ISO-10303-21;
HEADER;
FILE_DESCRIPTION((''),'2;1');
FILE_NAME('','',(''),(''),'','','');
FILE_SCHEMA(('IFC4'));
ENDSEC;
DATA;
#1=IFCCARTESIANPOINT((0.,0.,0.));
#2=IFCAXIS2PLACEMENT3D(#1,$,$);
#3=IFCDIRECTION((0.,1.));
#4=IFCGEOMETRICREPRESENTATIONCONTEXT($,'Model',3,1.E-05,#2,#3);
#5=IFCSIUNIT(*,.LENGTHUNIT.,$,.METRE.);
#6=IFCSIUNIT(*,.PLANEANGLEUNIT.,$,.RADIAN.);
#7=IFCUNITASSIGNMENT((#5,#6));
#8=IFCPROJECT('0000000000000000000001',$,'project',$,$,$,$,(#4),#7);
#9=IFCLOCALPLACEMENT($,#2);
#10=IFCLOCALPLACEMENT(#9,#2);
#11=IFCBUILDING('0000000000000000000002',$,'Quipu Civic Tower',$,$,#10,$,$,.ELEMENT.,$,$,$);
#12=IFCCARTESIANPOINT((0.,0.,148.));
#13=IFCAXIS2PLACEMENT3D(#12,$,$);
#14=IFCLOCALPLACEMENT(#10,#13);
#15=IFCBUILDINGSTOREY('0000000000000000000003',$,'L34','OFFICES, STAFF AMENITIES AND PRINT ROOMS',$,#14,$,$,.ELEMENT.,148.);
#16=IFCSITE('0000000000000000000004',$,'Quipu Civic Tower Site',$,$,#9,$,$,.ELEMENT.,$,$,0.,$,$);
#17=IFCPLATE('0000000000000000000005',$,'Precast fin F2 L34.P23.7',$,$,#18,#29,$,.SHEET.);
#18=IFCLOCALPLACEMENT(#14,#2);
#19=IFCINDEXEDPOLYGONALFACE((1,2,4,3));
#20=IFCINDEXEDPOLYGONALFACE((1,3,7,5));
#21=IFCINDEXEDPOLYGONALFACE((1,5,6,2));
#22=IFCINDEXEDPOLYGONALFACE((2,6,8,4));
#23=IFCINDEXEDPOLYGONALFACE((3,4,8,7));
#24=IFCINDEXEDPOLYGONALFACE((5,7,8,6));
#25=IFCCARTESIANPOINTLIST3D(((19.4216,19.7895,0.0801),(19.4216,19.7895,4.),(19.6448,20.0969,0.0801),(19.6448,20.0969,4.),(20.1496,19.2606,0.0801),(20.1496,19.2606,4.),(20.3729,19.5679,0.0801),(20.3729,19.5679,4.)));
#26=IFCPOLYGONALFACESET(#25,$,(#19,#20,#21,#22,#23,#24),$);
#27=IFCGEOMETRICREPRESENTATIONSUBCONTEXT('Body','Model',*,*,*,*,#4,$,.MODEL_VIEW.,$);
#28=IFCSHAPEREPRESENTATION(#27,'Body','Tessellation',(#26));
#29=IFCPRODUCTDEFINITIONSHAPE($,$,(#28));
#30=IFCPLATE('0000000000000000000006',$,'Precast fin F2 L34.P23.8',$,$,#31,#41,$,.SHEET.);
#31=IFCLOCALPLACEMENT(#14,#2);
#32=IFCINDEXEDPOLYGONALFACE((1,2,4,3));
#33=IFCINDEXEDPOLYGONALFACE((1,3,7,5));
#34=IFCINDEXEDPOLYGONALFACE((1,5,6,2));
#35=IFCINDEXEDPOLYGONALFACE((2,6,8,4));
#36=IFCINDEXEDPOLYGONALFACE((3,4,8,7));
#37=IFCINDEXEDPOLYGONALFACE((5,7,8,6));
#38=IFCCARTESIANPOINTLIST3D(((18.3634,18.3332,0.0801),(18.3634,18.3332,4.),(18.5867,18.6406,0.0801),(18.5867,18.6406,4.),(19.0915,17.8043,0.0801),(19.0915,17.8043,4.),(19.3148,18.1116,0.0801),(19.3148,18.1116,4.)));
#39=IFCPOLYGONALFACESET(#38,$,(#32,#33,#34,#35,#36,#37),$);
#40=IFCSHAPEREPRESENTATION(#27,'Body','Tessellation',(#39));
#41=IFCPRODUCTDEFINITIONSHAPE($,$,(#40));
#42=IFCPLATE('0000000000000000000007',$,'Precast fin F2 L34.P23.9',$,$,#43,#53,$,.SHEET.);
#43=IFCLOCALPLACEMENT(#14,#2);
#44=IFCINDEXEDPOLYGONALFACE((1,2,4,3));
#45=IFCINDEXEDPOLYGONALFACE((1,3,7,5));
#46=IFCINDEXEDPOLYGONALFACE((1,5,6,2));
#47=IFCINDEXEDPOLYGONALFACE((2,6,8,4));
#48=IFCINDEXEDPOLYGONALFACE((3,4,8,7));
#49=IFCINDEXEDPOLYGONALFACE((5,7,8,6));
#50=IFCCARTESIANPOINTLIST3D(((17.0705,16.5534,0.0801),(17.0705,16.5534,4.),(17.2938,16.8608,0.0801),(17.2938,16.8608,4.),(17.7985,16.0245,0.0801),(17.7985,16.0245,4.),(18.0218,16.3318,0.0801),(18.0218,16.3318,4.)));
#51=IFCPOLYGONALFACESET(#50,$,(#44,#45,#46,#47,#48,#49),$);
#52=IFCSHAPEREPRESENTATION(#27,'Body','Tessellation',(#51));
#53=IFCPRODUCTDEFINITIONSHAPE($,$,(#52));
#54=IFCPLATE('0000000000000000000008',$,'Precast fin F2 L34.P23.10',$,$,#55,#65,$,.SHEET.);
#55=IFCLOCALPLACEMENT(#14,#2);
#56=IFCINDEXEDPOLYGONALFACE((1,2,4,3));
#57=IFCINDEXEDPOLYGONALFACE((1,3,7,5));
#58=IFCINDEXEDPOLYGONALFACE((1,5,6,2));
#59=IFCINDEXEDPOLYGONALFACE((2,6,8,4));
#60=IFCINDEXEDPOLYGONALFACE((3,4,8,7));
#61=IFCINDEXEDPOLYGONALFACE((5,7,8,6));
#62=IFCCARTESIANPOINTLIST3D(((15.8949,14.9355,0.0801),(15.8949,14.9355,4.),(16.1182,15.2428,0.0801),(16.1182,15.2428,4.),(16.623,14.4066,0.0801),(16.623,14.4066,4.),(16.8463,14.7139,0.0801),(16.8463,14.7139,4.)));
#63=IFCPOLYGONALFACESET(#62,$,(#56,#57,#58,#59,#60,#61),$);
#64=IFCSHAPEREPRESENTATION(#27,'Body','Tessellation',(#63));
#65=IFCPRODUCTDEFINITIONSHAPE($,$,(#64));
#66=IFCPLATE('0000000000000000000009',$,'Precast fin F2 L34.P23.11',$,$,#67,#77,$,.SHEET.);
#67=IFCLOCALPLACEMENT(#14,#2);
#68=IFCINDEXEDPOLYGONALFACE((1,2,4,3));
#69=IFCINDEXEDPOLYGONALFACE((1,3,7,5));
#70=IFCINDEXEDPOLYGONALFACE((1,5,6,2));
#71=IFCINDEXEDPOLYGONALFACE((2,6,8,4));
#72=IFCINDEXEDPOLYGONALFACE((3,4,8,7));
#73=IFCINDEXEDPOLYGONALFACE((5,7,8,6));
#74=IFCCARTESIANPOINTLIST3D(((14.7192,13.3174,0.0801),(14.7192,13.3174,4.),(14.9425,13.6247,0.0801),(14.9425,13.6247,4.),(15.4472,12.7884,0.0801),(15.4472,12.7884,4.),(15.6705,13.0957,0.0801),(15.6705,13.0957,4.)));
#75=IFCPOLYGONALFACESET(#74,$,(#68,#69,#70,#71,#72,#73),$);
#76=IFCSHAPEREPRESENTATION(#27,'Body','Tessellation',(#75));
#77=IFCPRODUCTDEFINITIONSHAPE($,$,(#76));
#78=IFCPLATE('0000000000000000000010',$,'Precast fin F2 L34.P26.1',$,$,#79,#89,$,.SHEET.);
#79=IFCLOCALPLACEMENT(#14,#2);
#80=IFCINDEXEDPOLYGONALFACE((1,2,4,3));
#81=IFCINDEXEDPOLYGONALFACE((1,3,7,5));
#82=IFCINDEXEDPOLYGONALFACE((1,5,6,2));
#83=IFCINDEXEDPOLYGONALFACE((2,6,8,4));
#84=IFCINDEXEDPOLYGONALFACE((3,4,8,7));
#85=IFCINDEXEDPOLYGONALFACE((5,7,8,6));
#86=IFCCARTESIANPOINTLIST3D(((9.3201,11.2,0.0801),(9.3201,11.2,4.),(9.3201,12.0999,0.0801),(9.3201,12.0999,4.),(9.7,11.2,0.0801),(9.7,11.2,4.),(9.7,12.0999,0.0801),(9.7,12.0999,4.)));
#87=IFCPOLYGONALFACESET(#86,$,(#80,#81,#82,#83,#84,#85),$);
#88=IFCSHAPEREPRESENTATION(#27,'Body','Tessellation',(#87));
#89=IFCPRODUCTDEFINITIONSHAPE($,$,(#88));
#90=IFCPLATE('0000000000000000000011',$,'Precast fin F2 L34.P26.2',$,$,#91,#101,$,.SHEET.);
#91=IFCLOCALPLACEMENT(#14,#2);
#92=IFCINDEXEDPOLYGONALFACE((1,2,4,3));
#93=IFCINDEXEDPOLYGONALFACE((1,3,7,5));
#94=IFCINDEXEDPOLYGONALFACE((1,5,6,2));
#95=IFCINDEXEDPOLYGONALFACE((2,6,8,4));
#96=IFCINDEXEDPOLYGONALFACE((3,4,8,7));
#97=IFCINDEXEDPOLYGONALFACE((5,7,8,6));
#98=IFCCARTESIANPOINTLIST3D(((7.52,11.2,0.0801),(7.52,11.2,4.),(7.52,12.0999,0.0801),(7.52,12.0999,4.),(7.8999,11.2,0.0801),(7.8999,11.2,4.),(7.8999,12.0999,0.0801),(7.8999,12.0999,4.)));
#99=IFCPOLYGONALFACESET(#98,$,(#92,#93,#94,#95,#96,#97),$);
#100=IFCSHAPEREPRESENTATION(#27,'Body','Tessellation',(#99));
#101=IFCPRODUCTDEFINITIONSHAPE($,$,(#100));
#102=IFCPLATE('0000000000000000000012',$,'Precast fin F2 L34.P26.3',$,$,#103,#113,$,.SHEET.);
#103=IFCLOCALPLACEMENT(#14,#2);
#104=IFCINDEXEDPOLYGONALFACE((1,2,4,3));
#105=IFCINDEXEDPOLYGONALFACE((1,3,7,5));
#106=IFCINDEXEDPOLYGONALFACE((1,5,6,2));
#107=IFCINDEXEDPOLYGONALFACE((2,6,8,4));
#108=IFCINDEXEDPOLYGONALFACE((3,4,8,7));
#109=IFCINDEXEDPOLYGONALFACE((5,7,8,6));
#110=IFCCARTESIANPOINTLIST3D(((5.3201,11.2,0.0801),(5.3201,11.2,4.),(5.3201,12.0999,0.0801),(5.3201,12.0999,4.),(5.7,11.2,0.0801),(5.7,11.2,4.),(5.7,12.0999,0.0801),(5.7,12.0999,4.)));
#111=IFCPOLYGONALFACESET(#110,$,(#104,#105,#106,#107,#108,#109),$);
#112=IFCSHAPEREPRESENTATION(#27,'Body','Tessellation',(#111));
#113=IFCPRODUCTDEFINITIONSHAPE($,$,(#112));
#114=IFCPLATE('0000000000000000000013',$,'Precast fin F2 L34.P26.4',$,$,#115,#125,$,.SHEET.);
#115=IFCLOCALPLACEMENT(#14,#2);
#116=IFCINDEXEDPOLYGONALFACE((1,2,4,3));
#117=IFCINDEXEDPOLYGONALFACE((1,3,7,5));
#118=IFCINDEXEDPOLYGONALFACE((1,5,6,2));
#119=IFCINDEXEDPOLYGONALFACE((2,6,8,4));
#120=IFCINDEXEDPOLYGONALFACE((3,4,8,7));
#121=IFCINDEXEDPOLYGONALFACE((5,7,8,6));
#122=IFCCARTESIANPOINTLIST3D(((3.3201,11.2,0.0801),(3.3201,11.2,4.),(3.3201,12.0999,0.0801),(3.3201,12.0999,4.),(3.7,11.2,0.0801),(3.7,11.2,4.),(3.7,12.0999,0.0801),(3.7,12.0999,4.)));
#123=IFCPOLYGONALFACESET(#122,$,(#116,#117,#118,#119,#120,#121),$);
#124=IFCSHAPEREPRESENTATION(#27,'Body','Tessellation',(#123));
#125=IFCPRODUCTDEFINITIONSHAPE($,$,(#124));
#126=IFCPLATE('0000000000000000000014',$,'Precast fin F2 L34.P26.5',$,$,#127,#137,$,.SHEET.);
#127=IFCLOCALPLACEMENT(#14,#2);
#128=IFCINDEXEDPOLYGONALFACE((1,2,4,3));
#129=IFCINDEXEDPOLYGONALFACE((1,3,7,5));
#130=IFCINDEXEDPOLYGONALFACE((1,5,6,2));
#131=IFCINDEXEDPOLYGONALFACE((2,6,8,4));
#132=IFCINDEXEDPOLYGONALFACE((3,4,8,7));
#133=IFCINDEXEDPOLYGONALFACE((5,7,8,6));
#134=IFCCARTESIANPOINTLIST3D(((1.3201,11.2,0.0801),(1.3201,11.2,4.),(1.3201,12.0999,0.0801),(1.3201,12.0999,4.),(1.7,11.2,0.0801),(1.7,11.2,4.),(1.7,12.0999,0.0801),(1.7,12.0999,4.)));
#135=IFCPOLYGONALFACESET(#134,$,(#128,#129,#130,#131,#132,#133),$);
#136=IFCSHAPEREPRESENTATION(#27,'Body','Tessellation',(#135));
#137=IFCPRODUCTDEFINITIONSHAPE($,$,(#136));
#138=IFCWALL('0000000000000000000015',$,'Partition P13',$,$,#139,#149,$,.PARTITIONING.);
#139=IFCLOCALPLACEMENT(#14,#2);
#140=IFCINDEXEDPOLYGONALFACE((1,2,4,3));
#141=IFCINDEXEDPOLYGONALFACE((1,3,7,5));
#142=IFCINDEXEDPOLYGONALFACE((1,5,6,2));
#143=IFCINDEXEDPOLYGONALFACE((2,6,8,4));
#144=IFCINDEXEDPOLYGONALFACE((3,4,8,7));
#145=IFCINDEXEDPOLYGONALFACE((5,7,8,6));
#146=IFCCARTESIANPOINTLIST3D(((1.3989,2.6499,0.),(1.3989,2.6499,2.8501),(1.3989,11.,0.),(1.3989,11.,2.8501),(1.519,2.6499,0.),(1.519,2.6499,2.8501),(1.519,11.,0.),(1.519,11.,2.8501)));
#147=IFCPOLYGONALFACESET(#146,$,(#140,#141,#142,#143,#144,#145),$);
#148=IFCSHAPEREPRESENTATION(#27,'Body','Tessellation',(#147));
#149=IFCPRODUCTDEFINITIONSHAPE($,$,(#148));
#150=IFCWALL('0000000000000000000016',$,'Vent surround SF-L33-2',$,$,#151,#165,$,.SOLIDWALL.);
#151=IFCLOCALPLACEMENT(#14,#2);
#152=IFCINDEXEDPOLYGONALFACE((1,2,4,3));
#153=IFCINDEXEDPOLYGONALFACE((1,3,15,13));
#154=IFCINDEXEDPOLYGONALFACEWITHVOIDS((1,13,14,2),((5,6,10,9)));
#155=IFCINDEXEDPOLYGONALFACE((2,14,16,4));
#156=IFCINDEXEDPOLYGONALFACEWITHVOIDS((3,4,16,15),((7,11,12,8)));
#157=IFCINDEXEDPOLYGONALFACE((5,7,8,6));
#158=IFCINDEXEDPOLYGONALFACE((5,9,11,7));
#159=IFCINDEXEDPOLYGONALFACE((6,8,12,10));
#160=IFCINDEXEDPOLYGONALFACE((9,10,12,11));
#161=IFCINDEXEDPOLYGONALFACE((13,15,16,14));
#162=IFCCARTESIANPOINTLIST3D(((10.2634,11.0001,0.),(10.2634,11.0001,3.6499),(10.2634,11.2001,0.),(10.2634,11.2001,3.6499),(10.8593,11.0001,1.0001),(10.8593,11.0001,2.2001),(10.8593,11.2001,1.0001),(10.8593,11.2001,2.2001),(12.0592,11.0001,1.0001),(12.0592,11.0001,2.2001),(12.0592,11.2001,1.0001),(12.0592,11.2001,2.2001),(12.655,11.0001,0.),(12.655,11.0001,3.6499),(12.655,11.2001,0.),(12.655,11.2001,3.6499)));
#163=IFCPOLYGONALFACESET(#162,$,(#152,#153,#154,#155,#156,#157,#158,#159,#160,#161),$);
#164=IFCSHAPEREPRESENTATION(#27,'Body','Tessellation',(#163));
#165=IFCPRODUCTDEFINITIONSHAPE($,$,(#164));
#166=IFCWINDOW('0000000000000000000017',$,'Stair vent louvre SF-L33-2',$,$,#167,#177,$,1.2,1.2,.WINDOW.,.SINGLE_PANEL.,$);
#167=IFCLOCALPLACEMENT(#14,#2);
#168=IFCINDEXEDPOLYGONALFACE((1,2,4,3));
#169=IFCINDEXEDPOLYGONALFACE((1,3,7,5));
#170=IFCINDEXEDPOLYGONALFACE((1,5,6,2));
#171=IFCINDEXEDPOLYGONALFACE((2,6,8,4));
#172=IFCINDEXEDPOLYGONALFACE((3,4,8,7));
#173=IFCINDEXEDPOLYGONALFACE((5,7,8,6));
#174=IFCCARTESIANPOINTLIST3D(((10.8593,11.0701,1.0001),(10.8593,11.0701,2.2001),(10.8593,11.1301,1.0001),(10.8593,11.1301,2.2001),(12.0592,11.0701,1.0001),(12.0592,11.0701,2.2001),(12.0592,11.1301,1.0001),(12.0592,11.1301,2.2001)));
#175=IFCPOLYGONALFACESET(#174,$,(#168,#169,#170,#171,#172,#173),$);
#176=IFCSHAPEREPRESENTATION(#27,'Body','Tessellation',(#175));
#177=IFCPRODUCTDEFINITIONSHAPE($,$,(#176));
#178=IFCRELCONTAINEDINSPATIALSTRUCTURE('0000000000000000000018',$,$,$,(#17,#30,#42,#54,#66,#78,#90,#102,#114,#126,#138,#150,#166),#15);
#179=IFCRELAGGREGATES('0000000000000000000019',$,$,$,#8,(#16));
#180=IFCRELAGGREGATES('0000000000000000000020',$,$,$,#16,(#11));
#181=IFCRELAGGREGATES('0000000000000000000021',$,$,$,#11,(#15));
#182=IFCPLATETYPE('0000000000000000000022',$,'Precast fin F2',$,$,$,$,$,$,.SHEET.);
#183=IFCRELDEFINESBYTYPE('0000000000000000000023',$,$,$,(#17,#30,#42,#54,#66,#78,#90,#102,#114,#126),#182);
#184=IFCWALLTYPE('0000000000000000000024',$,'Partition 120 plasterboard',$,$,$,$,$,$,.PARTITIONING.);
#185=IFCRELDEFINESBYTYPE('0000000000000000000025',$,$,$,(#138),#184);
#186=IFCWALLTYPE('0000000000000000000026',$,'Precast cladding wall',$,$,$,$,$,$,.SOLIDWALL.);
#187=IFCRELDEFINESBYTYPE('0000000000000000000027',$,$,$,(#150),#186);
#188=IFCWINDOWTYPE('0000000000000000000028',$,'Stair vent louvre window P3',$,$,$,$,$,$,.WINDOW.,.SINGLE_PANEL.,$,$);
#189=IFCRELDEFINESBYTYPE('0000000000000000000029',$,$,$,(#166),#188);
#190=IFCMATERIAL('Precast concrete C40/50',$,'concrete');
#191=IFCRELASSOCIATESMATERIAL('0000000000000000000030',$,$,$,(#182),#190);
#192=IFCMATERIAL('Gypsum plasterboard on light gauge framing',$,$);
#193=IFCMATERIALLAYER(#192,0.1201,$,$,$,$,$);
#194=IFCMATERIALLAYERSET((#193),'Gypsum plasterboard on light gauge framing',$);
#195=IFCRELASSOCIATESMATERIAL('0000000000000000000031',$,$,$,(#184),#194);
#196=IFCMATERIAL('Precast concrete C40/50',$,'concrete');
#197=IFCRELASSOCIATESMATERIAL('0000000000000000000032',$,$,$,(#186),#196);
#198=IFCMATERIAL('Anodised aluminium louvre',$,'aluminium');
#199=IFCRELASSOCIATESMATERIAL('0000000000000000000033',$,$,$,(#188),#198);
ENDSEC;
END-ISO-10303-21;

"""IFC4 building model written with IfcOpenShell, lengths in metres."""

from ifc_helpers import new_model, si_unit, direction, frame, frame_2d, origin, origin_2d, place, context, subcontext, project, spatial, rectangle, extrude, material, layer, layer_set, type_object, element, fill, save


model = new_model("IFC4")

# Units and contexts
model_context = context("Model", 3, precision=1e-05, world=origin(), true_north=direction((0.0, 1.0)))
body_context = subcontext(model_context, "Body", "Model", "MODEL_VIEW")
ifc_project = project(units=[si_unit("LENGTHUNIT", "METRE"), si_unit("PLANEANGLEUNIT", "RADIAN")], contexts=[model_context])

# Site, building, storey
site_placement = place(None, origin())
site = spatial("IfcSite", under=ifc_project, at=site_placement, Name="Quipu Civic Tower Site", CompositionType="ELEMENT", RefElevation=0.0)
building_placement = place(site_placement, origin())
building = spatial("IfcBuilding", under=site, at=building_placement, Name="Quipu Civic Tower", CompositionType="ELEMENT")
storey_placement = place(building_placement, frame((0.0, 0.0, 148.0)))
storey = spatial("IfcBuildingStorey", under=building, at=storey_placement, Name="L34", Description="OFFICES, STAFF AMENITIES AND PRINT ROOMS", CompositionType="ELEMENT", Elevation=148.0)

# Plates
ifc_material_1 = material(Name="Precast concrete C40/50", Category="concrete")
plate_type_1 = type_object("IfcPlateType", Name="Precast fin F2", PredefinedType="SHEET", material=ifc_material_1)
for number, where, z_axis, x_axis, name in (
    (1, (19.8972, 19.6787, 0.0801), (0.0, 0.0, 1.0), (-0.587787, -0.809016, 0.0), "Precast fin F2 L34.P23.7"),
    (2, (18.8391, 18.2224, 0.0801), (0.0, 0.0, 1.0), (-0.587787, -0.809016, 0.0), "Precast fin F2 L34.P23.8"),
    (3, (17.5461, 16.4426, 0.0801), (0.0, 0.0, 1.0), (-0.587787, -0.809016, 0.0), "Precast fin F2 L34.P23.9"),
    (4, (16.3706, 14.8247, 0.0801), (0.0, 0.0, 1.0), (-0.587787, -0.809016, 0.0), "Precast fin F2 L34.P23.10"),
    (5, (15.1948, 13.2065, 0.0801), (0.0, 0.0, 1.0), (-0.587787, -0.809016, 0.0), "Precast fin F2 L34.P23.11"),
    (6, (9.51, 11.6499, 0.0801), (0.0, 0.0, 1.0), (-1.0, 0.0, 0.0), "Precast fin F2 L34.P26.1"),
    (7, (7.71, 11.6499, 0.0801), (0.0, 0.0, 1.0), (-1.0, 0.0, 0.0), "Precast fin F2 L34.P26.2"),
    (8, (5.51, 11.6499, 0.0801), (0.0, 0.0, 1.0), (-1.0, 0.0, 0.0), "Precast fin F2 L34.P26.3"),
    (9, (3.51, 11.6499, 0.0801), (0.0, 0.0, 1.0), (-1.0, 0.0, 0.0), "Precast fin F2 L34.P26.4"),
    (10, (1.51, 11.6499, 0.0801), (0.0, 0.0, 1.0), (-1.0, 0.0, 0.0), "Precast fin F2 L34.P26.5"),
):
    element("IfcPlate", number, at=place(storey_placement, frame(where, z_axis=z_axis, x_axis=x_axis)), inside=storey, type_object=plate_type_1, Name=name, PredefinedType="SHEET", context=body_context, shape_type="SweptSolid", body=[
        extrude(rectangle(XDim=0.3799, YDim=0.8999, at=origin_2d()), origin(), (0.0, 0.0, 1.0), 3.9199),
    ])

# Wall
ifc_material_2 = material(Name="Gypsum plasterboard on light gauge framing")
ifc_layer_1 = layer(ifc_material_2, 0.1201)
ifc_layer_set_1 = layer_set([ifc_layer_1], Name="Gypsum plasterboard on light gauge framing")
wall_type_1 = type_object("IfcWallType", Name="Partition 120 plasterboard", PredefinedType="PARTITIONING", material=ifc_layer_set_1)
wall_1_placement = place(storey_placement, frame((1.459, 11.0, 0.0), z_axis=(0.0, 0.0, 1.0), x_axis=(0.0, -1.0, 0.0)))
element("IfcWall", 11, at=wall_1_placement, inside=storey, type_object=wall_type_1, Name="Partition P13", PredefinedType="PARTITIONING", context=body_context, shape_type="SweptSolid", body=[
    extrude(rectangle(XDim=8.3501, YDim=0.1201, at=frame_2d((4.175, 0.0))), origin(), (0.0, 0.0, 1.0), 2.8501),
])

# Wall, opening, window
ifc_material_3 = material(Name="Precast concrete C40/50", Category="concrete")
wall_type_2 = type_object("IfcWallType", Name="Precast cladding wall", PredefinedType="SOLIDWALL", material=ifc_material_3)
wall_2_placement = place(storey_placement, frame((12.655, 11.1001, 0.0), z_axis=(0.0, 0.0, 1.0), x_axis=(-1.0, 0.0, 0.0)))
wall_2 = element("IfcWall", 12, at=wall_2_placement, inside=storey, type_object=wall_type_2, Name="Vent surround SF-L33-2", PredefinedType="SOLIDWALL", context=body_context, shape_type="SweptSolid", body=[
    extrude(rectangle(XDim=2.3916, YDim=0.2, at=frame_2d((1.1958, 0.0))), origin(), (0.0, 0.0, 1.0), 3.6499),
])
opening_placement = place(wall_2_placement, frame((0.5957, 0.0, 1.0)))
opening = element("IfcOpeningElement", 13, at=opening_placement, cuts=wall_2, PredefinedType="OPENING", context=body_context, shape_type="SweptSolid", body=[
    extrude(rectangle(XDim=1.2, YDim=1.2, at=frame_2d((0.6001, 0.6001))), frame((0.0, 0.1099, 0.0), z_axis=(0.0, -1.0, 0.0), x_axis=(1.0, 0.0, 0.0)), (0.0, 0.0, 1.0), 0.22),
])
ifc_material_4 = material(Name="Anodised aluminium louvre", Category="aluminium")
window_type = type_object("IfcWindowType", Name="Stair vent louvre window P3", PartitioningType="SINGLE_PANEL", PredefinedType="WINDOW", material=ifc_material_4)
window_placement = place(opening_placement, origin())
window = element("IfcWindow", 14, at=window_placement, inside=storey, type_object=window_type, Name="Stair vent louvre SF-L33-2", OverallHeight=1.2, OverallWidth=1.2, PartitioningType="SINGLE_PANEL", PredefinedType="WINDOW", context=body_context, shape_type="SweptSolid", body=[
    extrude(rectangle(XDim=1.2, YDim=1.2, at=frame_2d((0.6001, 0.6001))), frame((0.0, 0.03, 0.0), z_axis=(0.0, -1.0, 0.0), x_axis=(1.0, 0.0, 0.0)), (0.0, 0.0, 1.0), 0.0601),
])
fill(opening, window)

save(model, "model.ifc")
